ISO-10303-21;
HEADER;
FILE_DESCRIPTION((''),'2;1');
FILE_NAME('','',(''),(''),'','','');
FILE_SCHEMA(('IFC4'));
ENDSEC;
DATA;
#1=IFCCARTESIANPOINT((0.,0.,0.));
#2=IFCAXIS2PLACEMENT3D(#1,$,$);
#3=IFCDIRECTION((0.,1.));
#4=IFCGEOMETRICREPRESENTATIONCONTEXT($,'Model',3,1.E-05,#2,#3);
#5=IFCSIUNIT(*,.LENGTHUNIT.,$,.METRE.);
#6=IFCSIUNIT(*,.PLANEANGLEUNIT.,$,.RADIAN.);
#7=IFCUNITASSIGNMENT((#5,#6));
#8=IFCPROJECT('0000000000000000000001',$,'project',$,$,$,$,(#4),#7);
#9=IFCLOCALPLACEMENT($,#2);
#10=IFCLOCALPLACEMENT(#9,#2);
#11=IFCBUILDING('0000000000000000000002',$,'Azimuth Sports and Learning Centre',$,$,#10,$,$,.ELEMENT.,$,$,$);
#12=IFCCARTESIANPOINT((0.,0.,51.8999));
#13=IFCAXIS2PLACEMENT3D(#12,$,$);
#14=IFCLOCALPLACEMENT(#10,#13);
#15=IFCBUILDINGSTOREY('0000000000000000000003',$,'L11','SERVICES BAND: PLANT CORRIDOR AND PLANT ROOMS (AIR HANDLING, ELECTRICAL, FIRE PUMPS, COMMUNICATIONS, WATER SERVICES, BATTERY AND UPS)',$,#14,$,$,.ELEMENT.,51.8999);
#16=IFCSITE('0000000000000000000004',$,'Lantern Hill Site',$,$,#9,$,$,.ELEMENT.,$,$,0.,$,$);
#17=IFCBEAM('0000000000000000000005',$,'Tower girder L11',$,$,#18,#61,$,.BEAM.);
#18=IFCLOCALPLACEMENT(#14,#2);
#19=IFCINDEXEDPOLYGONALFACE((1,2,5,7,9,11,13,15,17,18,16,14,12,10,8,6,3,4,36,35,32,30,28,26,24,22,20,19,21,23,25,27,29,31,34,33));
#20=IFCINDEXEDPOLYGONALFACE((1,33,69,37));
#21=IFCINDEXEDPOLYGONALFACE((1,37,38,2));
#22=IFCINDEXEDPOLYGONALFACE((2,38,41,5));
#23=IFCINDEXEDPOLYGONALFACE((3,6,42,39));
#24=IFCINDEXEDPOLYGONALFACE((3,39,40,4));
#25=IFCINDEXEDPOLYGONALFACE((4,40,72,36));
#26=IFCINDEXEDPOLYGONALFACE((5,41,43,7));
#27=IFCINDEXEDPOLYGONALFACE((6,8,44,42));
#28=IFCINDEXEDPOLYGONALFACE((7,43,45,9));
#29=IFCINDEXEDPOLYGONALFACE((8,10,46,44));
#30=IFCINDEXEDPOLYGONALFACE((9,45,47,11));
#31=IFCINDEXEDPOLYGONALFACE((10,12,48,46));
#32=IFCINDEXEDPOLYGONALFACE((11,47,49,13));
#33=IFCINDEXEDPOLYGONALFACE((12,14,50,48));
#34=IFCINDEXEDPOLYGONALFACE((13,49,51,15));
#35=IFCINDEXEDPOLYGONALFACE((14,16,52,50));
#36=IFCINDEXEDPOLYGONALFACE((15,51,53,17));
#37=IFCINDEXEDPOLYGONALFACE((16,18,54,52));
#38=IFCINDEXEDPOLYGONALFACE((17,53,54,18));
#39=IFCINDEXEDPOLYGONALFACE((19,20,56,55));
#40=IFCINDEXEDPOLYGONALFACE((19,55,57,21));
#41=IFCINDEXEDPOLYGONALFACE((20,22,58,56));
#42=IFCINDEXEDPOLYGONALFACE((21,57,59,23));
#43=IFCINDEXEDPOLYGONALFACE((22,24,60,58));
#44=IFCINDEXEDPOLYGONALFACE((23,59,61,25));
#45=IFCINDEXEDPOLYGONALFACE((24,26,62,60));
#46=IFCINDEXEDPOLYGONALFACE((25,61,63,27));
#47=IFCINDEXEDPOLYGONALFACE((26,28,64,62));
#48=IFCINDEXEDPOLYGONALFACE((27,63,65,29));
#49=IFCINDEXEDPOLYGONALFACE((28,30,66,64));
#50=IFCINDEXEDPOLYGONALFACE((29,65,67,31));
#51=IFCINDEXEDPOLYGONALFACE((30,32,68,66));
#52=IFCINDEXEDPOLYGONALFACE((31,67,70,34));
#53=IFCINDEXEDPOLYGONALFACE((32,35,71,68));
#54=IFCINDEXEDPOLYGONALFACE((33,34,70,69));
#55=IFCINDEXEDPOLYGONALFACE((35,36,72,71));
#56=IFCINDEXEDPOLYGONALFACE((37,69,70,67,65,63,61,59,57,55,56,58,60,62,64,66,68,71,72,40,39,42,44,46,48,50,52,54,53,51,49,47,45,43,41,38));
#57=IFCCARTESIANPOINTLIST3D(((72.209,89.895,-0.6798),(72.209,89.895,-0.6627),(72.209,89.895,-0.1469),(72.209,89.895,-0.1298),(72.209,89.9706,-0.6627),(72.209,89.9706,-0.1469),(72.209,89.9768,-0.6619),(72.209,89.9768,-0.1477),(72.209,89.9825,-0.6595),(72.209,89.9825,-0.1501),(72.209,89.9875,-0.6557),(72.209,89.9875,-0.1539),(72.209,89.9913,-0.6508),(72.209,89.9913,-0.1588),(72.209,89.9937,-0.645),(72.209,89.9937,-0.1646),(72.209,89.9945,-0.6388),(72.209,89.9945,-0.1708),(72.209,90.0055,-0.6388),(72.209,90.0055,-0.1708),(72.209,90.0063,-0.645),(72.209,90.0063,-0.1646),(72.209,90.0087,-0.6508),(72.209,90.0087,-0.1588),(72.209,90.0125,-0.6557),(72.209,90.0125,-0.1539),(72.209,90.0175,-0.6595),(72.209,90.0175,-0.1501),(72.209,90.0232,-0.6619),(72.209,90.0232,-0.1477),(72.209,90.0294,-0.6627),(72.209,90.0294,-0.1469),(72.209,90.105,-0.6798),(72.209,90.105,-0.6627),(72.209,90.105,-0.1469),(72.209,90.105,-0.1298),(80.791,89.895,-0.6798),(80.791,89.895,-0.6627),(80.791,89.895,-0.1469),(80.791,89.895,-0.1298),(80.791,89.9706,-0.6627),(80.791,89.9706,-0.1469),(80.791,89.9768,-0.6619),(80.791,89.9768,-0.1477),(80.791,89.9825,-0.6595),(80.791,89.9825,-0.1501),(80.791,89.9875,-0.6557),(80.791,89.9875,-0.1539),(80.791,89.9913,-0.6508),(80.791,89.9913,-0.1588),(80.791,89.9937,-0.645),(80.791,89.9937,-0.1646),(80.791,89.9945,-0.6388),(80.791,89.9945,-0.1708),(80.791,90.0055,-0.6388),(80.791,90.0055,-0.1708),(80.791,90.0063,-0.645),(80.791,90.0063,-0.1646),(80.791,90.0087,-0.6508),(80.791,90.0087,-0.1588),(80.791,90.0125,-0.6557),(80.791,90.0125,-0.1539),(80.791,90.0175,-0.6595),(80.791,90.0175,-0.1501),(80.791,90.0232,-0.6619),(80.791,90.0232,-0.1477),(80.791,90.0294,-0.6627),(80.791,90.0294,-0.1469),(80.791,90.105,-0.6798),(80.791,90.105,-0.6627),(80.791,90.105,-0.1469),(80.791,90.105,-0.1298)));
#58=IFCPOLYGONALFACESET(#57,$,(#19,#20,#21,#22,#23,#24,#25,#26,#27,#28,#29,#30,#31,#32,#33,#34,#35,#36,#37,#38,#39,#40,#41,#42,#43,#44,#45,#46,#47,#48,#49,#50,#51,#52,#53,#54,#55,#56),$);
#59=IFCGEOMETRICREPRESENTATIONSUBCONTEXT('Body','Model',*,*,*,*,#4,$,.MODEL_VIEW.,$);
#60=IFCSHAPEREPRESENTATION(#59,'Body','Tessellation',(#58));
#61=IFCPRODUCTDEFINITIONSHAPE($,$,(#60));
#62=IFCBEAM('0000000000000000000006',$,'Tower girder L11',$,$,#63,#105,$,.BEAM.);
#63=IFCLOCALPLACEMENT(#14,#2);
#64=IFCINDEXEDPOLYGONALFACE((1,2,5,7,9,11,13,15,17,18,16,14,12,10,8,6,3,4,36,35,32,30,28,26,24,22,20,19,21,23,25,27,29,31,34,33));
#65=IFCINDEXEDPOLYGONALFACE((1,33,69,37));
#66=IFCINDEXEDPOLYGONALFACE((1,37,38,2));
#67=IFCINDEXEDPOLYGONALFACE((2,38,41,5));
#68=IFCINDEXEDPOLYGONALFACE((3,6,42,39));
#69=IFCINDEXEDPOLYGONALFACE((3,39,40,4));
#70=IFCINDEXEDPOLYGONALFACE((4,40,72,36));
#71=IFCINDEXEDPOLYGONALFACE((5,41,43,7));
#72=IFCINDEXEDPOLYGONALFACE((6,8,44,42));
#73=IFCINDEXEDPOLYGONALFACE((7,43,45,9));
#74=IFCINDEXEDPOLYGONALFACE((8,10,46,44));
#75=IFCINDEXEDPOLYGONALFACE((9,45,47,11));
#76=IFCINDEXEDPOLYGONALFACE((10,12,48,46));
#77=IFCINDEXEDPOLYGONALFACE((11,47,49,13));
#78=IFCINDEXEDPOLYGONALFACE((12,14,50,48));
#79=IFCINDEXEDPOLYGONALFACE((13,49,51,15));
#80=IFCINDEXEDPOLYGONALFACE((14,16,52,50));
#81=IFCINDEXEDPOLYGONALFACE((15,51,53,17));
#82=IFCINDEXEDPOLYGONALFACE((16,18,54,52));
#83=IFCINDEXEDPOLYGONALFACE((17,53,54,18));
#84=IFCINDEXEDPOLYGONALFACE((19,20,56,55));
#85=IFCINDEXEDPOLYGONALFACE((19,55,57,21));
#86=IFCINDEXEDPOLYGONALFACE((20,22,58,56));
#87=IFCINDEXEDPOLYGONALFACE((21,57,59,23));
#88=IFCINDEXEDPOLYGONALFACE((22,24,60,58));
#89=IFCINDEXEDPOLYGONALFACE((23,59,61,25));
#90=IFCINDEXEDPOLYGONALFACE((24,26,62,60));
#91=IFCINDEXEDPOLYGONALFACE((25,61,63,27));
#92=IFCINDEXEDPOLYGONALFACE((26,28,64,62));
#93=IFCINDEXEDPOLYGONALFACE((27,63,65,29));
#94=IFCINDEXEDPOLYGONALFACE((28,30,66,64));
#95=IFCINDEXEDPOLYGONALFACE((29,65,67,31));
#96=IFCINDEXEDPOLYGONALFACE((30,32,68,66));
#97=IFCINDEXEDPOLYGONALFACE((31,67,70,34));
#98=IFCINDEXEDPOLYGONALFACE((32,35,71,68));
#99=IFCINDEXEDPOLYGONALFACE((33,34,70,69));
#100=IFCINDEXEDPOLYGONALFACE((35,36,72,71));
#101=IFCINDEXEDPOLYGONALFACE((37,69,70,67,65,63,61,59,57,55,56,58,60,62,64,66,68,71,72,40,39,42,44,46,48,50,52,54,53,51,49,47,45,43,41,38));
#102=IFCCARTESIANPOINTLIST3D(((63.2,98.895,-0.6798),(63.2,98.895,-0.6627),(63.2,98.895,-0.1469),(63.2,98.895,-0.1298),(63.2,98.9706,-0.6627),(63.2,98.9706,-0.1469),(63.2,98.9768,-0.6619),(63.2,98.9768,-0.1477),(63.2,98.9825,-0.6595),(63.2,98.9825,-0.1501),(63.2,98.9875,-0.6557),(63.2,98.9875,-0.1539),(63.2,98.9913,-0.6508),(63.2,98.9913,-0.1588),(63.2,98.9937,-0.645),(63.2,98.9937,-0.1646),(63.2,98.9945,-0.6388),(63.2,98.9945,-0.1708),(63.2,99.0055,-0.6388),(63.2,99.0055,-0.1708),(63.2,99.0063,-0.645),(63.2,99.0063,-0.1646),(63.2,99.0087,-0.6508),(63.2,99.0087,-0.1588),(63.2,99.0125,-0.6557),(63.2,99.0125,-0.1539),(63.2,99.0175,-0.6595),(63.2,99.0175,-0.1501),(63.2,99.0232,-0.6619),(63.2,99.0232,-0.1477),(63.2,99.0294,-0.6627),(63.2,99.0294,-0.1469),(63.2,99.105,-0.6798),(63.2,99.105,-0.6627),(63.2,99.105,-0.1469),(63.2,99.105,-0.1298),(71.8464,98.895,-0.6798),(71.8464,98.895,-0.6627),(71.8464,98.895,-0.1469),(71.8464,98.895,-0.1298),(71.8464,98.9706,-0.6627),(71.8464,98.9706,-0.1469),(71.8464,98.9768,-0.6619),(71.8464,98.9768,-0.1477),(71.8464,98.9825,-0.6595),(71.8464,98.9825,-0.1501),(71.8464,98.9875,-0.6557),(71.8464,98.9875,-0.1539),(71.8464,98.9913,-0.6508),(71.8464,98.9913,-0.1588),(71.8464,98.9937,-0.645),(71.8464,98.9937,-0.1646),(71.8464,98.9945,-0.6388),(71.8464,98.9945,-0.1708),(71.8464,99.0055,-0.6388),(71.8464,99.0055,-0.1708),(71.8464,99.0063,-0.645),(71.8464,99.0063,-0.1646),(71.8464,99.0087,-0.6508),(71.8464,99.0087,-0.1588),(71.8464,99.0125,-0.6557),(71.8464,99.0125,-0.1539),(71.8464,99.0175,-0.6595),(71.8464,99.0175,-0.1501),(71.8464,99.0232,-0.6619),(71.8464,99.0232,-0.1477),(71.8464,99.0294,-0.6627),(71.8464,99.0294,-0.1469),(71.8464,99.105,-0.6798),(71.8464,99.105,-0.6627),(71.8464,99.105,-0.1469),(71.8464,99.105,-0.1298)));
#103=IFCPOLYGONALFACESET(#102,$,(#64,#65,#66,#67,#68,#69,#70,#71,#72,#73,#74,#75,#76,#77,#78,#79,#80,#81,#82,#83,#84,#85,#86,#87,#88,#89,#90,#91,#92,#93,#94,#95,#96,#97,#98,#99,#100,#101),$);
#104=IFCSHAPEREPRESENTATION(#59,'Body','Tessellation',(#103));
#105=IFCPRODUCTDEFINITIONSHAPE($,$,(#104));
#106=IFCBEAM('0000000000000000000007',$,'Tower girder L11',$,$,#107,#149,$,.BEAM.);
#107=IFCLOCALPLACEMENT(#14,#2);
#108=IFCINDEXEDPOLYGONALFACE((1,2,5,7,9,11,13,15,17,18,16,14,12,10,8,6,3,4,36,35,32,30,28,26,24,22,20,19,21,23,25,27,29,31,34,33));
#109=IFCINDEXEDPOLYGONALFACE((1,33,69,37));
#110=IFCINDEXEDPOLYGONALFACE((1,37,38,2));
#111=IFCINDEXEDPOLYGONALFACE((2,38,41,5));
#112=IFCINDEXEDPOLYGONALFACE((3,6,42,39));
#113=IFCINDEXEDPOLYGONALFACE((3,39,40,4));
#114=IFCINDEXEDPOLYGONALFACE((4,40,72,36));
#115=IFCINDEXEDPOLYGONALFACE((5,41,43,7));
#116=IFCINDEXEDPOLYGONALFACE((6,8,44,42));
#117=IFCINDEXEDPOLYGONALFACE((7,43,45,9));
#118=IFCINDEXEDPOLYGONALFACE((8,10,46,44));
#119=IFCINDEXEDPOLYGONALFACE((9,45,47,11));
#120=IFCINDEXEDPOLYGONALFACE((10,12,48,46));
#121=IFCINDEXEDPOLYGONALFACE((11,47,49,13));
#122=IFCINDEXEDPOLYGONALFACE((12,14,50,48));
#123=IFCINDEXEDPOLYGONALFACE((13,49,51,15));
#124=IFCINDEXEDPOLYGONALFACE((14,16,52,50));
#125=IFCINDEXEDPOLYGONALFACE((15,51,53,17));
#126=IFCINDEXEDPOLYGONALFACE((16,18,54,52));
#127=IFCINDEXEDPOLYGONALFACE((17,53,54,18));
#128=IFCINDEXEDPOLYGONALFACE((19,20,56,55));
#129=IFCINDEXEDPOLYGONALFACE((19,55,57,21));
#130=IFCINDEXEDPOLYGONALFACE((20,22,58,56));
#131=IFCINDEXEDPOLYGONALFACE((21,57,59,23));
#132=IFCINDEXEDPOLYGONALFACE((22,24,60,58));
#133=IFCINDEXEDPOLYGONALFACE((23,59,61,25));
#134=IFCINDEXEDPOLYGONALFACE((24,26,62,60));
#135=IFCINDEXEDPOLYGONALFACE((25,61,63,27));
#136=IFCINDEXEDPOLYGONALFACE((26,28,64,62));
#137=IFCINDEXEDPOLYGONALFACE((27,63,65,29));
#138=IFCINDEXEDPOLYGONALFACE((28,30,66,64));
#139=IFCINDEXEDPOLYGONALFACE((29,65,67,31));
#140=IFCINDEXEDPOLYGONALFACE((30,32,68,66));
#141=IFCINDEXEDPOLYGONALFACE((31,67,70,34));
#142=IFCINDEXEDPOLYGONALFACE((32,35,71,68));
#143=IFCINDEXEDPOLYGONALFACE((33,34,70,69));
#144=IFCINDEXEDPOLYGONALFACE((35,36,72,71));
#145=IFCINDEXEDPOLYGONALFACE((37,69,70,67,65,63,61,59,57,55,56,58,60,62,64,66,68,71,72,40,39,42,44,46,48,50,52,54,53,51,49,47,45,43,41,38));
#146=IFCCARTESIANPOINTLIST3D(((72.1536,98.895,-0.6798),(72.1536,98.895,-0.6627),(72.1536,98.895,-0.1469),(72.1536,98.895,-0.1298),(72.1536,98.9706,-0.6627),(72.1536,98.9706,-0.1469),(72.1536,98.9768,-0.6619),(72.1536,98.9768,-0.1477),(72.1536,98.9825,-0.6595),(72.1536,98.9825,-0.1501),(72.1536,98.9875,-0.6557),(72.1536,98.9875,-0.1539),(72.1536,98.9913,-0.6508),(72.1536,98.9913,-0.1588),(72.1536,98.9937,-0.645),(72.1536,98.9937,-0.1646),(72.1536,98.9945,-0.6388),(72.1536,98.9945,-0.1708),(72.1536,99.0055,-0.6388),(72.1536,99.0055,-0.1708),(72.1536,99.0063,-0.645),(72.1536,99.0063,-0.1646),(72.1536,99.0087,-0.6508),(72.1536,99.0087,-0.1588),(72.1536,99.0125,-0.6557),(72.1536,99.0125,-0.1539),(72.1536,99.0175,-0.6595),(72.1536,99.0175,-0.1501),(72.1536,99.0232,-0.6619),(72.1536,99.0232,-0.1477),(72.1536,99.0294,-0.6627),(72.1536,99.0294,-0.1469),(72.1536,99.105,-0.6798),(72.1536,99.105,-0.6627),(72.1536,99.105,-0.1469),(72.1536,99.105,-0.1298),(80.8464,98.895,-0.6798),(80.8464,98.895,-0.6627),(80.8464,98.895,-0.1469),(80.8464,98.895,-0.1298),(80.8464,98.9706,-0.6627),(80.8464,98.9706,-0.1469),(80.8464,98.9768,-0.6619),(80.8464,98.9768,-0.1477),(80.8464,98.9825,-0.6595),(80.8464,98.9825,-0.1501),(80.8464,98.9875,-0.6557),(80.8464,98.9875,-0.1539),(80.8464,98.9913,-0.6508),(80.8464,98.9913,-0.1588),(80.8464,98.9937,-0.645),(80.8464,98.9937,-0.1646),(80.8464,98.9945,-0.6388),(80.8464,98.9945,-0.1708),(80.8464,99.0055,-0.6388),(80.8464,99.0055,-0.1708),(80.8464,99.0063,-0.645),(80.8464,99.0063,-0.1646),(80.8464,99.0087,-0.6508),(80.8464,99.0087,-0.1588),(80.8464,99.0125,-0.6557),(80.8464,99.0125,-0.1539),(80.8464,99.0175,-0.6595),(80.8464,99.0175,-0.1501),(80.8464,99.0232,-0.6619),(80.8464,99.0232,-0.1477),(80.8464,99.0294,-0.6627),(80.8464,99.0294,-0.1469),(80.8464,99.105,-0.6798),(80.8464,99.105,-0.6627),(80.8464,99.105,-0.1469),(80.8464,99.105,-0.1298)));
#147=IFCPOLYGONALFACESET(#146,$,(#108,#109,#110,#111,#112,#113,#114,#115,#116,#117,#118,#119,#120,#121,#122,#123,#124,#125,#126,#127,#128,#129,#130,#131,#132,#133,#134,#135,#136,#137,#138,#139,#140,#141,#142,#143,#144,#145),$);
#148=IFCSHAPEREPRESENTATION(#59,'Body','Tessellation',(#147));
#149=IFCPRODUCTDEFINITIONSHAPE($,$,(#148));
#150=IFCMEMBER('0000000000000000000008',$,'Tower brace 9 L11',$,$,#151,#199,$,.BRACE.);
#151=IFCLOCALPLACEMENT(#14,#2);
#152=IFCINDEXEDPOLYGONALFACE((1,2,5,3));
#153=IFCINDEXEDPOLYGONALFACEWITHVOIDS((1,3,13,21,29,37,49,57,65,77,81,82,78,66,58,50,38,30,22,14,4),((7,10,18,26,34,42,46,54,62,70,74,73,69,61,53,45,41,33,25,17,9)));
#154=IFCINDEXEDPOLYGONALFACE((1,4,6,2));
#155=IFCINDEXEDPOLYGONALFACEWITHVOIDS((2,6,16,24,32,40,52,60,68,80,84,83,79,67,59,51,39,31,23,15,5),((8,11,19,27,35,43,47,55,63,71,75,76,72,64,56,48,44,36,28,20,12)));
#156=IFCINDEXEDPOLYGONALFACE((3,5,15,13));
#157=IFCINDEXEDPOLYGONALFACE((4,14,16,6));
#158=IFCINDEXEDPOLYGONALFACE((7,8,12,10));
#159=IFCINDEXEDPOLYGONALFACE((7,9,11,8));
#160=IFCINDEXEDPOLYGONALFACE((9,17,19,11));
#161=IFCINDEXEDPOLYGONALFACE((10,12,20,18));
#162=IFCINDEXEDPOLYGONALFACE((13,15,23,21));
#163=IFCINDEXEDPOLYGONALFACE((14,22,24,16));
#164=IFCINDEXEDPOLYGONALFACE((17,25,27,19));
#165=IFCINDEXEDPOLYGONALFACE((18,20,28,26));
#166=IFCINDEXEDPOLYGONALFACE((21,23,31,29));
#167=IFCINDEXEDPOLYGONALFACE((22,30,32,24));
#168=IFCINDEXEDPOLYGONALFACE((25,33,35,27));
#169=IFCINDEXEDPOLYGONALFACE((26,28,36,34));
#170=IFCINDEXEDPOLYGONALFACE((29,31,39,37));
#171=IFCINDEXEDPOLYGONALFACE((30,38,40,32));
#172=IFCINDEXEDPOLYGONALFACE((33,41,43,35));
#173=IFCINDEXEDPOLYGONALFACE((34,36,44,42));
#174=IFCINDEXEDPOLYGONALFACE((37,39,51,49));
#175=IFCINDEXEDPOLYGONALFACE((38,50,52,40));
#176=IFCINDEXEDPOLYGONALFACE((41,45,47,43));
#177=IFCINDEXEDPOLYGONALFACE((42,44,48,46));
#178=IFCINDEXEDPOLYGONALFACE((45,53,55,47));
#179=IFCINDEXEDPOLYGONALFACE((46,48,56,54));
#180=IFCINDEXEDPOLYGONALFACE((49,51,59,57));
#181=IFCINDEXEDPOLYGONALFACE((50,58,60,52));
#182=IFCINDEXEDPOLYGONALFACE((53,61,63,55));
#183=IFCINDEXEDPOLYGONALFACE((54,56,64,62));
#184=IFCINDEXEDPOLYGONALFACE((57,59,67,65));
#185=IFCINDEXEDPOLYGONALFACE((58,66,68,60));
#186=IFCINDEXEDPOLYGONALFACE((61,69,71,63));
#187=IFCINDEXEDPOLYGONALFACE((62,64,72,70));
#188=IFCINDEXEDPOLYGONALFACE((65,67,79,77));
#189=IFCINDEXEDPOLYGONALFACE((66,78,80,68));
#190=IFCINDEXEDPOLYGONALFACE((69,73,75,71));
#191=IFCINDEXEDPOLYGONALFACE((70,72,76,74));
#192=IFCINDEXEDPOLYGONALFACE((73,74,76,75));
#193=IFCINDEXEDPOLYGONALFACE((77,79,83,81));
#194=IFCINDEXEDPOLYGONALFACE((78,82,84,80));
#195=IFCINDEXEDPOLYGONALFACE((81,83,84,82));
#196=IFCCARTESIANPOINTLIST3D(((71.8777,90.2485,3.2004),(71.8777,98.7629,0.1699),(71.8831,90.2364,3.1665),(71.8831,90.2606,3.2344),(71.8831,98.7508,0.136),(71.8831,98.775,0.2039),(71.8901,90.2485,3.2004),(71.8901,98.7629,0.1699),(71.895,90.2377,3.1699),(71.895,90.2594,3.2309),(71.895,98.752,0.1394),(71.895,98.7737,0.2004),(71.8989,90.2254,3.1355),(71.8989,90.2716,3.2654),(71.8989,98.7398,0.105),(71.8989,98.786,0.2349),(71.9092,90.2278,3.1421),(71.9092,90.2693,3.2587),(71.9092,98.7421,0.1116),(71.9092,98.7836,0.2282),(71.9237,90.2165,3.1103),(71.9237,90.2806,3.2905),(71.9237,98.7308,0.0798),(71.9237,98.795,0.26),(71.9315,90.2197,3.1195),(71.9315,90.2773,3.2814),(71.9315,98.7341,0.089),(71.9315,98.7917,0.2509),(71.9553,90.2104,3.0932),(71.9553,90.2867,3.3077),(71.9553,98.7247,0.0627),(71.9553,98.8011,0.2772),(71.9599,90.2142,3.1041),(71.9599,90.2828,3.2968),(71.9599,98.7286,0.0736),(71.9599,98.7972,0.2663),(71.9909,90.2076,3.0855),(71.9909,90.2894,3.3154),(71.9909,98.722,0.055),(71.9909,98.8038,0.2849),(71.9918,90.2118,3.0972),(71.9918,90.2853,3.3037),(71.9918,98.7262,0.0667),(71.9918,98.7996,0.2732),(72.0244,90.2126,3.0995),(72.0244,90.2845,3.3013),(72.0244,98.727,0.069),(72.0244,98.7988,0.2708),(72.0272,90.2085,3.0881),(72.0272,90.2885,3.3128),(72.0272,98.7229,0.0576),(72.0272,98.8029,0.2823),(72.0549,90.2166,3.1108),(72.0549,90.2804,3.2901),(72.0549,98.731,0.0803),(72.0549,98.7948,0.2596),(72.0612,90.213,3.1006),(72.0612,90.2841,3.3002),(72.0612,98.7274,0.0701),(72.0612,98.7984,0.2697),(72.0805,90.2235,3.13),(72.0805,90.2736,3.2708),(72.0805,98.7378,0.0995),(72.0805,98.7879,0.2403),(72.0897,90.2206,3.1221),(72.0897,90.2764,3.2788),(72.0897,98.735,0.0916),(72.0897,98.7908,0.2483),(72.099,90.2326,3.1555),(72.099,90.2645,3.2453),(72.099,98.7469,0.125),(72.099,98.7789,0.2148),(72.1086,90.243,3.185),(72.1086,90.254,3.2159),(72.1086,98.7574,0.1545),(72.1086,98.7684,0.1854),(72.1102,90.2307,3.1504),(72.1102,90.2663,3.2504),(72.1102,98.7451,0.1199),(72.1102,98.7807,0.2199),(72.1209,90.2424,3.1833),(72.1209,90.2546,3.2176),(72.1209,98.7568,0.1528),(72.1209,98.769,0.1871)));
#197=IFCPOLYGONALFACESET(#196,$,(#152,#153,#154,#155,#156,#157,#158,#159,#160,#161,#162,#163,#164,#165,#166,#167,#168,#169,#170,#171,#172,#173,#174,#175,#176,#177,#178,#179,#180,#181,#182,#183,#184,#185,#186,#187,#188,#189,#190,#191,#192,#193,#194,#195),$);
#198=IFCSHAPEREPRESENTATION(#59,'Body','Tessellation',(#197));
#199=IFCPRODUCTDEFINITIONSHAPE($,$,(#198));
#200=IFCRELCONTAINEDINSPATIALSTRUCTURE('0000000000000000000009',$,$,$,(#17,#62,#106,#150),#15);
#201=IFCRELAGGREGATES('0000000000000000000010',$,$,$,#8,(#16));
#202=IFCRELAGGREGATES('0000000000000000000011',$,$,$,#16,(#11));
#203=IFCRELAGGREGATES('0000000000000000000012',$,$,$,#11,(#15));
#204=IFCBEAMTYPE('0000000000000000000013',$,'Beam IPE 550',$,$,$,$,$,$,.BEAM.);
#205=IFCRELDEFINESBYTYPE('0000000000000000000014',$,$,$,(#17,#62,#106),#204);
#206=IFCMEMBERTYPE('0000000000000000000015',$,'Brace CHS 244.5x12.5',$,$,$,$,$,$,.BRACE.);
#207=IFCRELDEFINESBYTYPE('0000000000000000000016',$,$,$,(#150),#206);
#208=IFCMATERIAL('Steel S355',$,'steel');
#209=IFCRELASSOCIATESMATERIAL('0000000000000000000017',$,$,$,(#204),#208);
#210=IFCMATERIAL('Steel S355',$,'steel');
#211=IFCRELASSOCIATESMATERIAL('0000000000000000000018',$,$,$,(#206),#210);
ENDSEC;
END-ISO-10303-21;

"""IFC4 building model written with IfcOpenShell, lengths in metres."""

from ifc_helpers import new_model, si_unit, direction, frame, origin, origin_2d, place, context, subcontext, project, spatial, hollow_circle, i_section, extrude, material, material_profile, profile_set, type_object, element, save


model = new_model("IFC4")

# Units and contexts
model_context = context("Model", 3, precision=1e-05, world=origin(), true_north=direction((0.0, 1.0)))
body_context = subcontext(model_context, "Body", "Model", "MODEL_VIEW")
ifc_project = project(units=[si_unit("LENGTHUNIT", "METRE"), si_unit("PLANEANGLEUNIT", "RADIAN")], contexts=[model_context])

# Site, building, storey
site_placement = place(None, origin())
site = spatial("IfcSite", under=ifc_project, at=site_placement, Name="Lantern Hill Site", CompositionType="ELEMENT", RefElevation=0.0)
building_placement = place(site_placement, origin())
building = spatial("IfcBuilding", under=site, at=building_placement, Name="Azimuth Sports and Learning Centre", CompositionType="ELEMENT")
storey_placement = place(building_placement, frame((0.0, 0.0, 51.8999)))
storey = spatial("IfcBuildingStorey", under=building, at=storey_placement, Name="L11", Description="SERVICES BAND: PLANT CORRIDOR AND PLANT ROOMS (AIR HANDLING, ELECTRICAL, FIRE PUMPS, COMMUNICATIONS, WATER SERVICES, BATTERY AND UPS)", CompositionType="ELEMENT", Elevation=51.8999)

# Beams
ifc_material_1 = material(Name="Steel S355", Category="steel")
ifc_material_profile_1 = material_profile(ifc_material_1, i_section(OverallWidth=0.21, OverallDepth=0.55, WebThickness=0.011, FlangeThickness=0.0171, FilletRadius=0.0239, at=origin_2d()), Name="IPE 550")
ifc_profile_set_1 = profile_set([ifc_material_profile_1], Name="Steel S355")
beam_type_1 = type_object("IfcBeamType", Name="Beam IPE 550", PredefinedType="BEAM", material=ifc_profile_set_1)
beam_1_placement = place(storey_placement, frame((72.209, 90.0, -0.4048), z_axis=(1.0, 0.0, 0.0), x_axis=(0.0, 1.0, 0.0)))
element("IfcBeam", 1, at=beam_1_placement, inside=storey, type_object=beam_type_1, Name="Tower girder L11", PredefinedType="BEAM", context=body_context, shape_type="SweptSolid", body=[
    extrude(i_section(OverallWidth=0.21, OverallDepth=0.55, WebThickness=0.011, FlangeThickness=0.0171, FilletRadius=0.0239, at=origin_2d()), origin(), (0.0, 0.0, 1.0), 8.582),
])
beam_2_placement = place(storey_placement, frame((63.2, 99.0, -0.4048), z_axis=(1.0, 0.0, 0.0), x_axis=(0.0, 1.0, 0.0)))
element("IfcBeam", 2, at=beam_2_placement, inside=storey, type_object=beam_type_1, Name="Tower girder L11", PredefinedType="BEAM", context=body_context, shape_type="SweptSolid", body=[
    extrude(i_section(OverallWidth=0.21, OverallDepth=0.55, WebThickness=0.011, FlangeThickness=0.0171, FilletRadius=0.0239, at=origin_2d()), origin(), (0.0, 0.0, 1.0), 8.6465),
])
beam_3_placement = place(storey_placement, frame((72.1536, 99.0, -0.4048), z_axis=(1.0, 0.0, 0.0), x_axis=(0.0, 1.0, 0.0)))
element("IfcBeam", 3, at=beam_3_placement, inside=storey, type_object=beam_type_1, Name="Tower girder L11", PredefinedType="BEAM", context=body_context, shape_type="SweptSolid", body=[
    extrude(i_section(OverallWidth=0.21, OverallDepth=0.55, WebThickness=0.011, FlangeThickness=0.0171, FilletRadius=0.0239, at=origin_2d()), origin(), (0.0, 0.0, 1.0), 8.6929),
])

# Member
ifc_material_2 = material(Name="Steel S355", Category="steel")
ifc_material_profile_2 = material_profile(ifc_material_2, hollow_circle(Radius=0.1223, WallThickness=0.0125, at=origin_2d()), Name="CHS 244.5x12.5")
ifc_profile_set_2 = profile_set([ifc_material_profile_2], Name="Steel S355")
member_type = type_object("IfcMemberType", Name="Brace CHS 244.5x12.5", PredefinedType="BRACE", material=ifc_profile_set_2)
member_placement = place(storey_placement, frame((72.0, 90.2485, 3.2004), z_axis=(0.0, 0.942104, -0.335321), x_axis=(-1.0, 0.0, 0.0)))
element("IfcMember", 4, at=member_placement, inside=storey, type_object=member_type, Name="Tower brace 9 L11", PredefinedType="BRACE", context=body_context, shape_type="SweptSolid", body=[
    extrude(hollow_circle(Radius=0.1223, WallThickness=0.0125, at=origin_2d()), origin(), (0.0, 0.0, 1.0), 9.0376),
])

save(model, "model.ifc")
